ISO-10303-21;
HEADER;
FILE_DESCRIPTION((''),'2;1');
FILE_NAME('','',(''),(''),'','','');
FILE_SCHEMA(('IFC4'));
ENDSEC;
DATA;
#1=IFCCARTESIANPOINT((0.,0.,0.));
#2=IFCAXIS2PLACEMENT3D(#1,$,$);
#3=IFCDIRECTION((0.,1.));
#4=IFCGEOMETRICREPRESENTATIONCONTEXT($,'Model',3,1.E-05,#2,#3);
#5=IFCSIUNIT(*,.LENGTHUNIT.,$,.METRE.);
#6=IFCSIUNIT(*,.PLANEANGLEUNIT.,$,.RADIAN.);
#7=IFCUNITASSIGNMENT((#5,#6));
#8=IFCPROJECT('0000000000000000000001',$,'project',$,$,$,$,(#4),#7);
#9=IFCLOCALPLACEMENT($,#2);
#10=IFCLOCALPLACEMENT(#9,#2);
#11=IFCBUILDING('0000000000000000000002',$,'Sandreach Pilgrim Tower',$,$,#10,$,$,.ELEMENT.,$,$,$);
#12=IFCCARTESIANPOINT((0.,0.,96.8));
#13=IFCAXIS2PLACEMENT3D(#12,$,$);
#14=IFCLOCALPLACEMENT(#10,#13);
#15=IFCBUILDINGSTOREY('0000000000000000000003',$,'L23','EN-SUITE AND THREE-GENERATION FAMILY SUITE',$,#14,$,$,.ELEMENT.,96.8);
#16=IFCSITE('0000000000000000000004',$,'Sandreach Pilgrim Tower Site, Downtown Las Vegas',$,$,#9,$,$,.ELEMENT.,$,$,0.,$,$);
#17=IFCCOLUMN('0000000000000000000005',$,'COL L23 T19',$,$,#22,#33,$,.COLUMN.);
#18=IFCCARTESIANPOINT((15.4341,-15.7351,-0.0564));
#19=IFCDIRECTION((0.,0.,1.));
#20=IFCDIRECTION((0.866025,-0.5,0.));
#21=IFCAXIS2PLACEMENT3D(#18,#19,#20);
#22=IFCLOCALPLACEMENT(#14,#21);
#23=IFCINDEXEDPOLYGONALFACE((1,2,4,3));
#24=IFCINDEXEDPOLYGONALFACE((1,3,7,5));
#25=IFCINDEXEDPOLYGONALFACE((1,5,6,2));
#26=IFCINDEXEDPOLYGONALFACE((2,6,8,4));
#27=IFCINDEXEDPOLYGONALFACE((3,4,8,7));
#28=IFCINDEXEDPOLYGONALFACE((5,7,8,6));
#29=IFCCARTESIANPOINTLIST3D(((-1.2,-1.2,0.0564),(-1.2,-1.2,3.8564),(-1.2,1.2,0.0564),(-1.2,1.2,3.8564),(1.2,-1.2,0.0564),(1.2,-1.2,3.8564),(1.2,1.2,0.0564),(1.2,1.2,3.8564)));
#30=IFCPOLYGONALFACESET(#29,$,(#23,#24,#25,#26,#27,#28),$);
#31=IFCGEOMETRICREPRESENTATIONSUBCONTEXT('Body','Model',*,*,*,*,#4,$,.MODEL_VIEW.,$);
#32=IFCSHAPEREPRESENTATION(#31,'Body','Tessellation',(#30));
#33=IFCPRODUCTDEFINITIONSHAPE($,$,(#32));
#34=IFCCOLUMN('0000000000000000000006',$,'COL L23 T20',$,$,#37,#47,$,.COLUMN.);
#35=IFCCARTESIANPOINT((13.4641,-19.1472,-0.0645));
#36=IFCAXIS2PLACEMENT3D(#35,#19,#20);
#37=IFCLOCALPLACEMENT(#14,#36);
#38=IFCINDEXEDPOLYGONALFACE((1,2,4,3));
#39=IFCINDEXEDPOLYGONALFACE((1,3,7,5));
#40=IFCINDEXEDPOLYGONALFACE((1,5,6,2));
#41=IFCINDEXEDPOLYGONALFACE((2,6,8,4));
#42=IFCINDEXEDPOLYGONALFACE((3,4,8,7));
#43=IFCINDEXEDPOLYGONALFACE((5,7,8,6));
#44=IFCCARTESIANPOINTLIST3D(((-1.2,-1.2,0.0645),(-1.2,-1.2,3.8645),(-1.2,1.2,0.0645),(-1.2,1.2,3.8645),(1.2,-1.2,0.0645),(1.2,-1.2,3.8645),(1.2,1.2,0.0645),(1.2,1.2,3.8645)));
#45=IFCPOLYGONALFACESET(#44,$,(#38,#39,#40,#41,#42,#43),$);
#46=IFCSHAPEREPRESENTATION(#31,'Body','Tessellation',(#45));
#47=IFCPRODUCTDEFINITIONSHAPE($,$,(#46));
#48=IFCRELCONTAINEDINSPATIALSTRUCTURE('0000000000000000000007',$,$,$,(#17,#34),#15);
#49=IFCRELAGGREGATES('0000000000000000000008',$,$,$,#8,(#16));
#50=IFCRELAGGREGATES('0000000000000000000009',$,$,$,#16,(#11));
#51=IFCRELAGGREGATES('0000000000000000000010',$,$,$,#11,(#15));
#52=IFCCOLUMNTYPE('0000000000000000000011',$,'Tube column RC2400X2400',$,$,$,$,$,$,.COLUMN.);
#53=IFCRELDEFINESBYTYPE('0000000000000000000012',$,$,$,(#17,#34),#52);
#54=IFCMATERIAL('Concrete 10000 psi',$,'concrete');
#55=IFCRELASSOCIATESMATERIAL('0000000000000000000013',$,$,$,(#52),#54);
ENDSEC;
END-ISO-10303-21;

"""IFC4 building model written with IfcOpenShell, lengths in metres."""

from ifc_helpers import new_model, si_unit, direction, frame, origin, origin_2d, place, context, subcontext, project, spatial, rectangle, extrude, clip, halfspace, material, material_profile, profile_set, type_object, element, save


model = new_model("IFC4")

# Units and contexts
model_context = context("Model", 3, precision=1e-05, world=origin(), true_north=direction((0.0, 1.0)))
body_context = subcontext(model_context, "Body", "Model", "MODEL_VIEW")
ifc_project = project(units=[si_unit("LENGTHUNIT", "METRE"), si_unit("PLANEANGLEUNIT", "RADIAN")], contexts=[model_context])

# Site, building, storey
site_placement = place(None, origin())
site = spatial("IfcSite", under=ifc_project, at=site_placement, Name="Sandreach Pilgrim Tower Site, Downtown Las Vegas", CompositionType="ELEMENT", RefElevation=0.0)
building_placement = place(site_placement, origin())
building = spatial("IfcBuilding", under=site, at=building_placement, Name="Sandreach Pilgrim Tower", CompositionType="ELEMENT")
storey_placement = place(building_placement, frame((0.0, 0.0, 96.8)))
storey = spatial("IfcBuildingStorey", under=building, at=storey_placement, Name="L23", Description="EN-SUITE AND THREE-GENERATION FAMILY SUITE", CompositionType="ELEMENT", Elevation=96.8)

# Columns
ifc_material_1 = material(Name="Concrete 10000 psi", Category="concrete")
ifc_material_profile_1 = material_profile(ifc_material_1, rectangle(XDim=2.3999, YDim=2.3999, at=origin_2d()), Name="RC2400X2400")
ifc_profile_set_1 = profile_set([ifc_material_profile_1], Name="Concrete 10000 psi")
column_type = type_object("IfcColumnType", Name="Tube column RC2400X2400", PredefinedType="COLUMN", material=ifc_profile_set_1)
column_1_placement = place(storey_placement, frame((15.4341, -15.7351, -0.0564), z_axis=(0.0, 0.0, 1.0), x_axis=(0.866025, -0.5, 0.0)))
element("IfcColumn", 1, at=column_1_placement, inside=storey, type_object=column_type, Name="COL L23 T19", PredefinedType="COLUMN", context=body_context, shape_type="SweptSolid", body=[
    clip(extrude(rectangle(XDim=2.3999, YDim=2.3999, at=origin_2d()), origin(), (0.0, 0.0, 1.0), 3.8564), halfspace(frame((0.0, 0.0, 0.0564)), True)),
])
column_2_placement = place(storey_placement, frame((13.4641, -19.1472, -0.0645), z_axis=(0.0, 0.0, 1.0), x_axis=(0.866025, -0.5, 0.0)))
element("IfcColumn", 2, at=column_2_placement, inside=storey, type_object=column_type, Name="COL L23 T20", PredefinedType="COLUMN", context=body_context, shape_type="SweptSolid", body=[
    clip(extrude(rectangle(XDim=2.3999, YDim=2.3999, at=origin_2d()), origin(), (0.0, 0.0, 1.0), 3.8645), halfspace(frame((0.0, 0.0, 0.0645)), True)),
])

save(model, "model.ifc")
